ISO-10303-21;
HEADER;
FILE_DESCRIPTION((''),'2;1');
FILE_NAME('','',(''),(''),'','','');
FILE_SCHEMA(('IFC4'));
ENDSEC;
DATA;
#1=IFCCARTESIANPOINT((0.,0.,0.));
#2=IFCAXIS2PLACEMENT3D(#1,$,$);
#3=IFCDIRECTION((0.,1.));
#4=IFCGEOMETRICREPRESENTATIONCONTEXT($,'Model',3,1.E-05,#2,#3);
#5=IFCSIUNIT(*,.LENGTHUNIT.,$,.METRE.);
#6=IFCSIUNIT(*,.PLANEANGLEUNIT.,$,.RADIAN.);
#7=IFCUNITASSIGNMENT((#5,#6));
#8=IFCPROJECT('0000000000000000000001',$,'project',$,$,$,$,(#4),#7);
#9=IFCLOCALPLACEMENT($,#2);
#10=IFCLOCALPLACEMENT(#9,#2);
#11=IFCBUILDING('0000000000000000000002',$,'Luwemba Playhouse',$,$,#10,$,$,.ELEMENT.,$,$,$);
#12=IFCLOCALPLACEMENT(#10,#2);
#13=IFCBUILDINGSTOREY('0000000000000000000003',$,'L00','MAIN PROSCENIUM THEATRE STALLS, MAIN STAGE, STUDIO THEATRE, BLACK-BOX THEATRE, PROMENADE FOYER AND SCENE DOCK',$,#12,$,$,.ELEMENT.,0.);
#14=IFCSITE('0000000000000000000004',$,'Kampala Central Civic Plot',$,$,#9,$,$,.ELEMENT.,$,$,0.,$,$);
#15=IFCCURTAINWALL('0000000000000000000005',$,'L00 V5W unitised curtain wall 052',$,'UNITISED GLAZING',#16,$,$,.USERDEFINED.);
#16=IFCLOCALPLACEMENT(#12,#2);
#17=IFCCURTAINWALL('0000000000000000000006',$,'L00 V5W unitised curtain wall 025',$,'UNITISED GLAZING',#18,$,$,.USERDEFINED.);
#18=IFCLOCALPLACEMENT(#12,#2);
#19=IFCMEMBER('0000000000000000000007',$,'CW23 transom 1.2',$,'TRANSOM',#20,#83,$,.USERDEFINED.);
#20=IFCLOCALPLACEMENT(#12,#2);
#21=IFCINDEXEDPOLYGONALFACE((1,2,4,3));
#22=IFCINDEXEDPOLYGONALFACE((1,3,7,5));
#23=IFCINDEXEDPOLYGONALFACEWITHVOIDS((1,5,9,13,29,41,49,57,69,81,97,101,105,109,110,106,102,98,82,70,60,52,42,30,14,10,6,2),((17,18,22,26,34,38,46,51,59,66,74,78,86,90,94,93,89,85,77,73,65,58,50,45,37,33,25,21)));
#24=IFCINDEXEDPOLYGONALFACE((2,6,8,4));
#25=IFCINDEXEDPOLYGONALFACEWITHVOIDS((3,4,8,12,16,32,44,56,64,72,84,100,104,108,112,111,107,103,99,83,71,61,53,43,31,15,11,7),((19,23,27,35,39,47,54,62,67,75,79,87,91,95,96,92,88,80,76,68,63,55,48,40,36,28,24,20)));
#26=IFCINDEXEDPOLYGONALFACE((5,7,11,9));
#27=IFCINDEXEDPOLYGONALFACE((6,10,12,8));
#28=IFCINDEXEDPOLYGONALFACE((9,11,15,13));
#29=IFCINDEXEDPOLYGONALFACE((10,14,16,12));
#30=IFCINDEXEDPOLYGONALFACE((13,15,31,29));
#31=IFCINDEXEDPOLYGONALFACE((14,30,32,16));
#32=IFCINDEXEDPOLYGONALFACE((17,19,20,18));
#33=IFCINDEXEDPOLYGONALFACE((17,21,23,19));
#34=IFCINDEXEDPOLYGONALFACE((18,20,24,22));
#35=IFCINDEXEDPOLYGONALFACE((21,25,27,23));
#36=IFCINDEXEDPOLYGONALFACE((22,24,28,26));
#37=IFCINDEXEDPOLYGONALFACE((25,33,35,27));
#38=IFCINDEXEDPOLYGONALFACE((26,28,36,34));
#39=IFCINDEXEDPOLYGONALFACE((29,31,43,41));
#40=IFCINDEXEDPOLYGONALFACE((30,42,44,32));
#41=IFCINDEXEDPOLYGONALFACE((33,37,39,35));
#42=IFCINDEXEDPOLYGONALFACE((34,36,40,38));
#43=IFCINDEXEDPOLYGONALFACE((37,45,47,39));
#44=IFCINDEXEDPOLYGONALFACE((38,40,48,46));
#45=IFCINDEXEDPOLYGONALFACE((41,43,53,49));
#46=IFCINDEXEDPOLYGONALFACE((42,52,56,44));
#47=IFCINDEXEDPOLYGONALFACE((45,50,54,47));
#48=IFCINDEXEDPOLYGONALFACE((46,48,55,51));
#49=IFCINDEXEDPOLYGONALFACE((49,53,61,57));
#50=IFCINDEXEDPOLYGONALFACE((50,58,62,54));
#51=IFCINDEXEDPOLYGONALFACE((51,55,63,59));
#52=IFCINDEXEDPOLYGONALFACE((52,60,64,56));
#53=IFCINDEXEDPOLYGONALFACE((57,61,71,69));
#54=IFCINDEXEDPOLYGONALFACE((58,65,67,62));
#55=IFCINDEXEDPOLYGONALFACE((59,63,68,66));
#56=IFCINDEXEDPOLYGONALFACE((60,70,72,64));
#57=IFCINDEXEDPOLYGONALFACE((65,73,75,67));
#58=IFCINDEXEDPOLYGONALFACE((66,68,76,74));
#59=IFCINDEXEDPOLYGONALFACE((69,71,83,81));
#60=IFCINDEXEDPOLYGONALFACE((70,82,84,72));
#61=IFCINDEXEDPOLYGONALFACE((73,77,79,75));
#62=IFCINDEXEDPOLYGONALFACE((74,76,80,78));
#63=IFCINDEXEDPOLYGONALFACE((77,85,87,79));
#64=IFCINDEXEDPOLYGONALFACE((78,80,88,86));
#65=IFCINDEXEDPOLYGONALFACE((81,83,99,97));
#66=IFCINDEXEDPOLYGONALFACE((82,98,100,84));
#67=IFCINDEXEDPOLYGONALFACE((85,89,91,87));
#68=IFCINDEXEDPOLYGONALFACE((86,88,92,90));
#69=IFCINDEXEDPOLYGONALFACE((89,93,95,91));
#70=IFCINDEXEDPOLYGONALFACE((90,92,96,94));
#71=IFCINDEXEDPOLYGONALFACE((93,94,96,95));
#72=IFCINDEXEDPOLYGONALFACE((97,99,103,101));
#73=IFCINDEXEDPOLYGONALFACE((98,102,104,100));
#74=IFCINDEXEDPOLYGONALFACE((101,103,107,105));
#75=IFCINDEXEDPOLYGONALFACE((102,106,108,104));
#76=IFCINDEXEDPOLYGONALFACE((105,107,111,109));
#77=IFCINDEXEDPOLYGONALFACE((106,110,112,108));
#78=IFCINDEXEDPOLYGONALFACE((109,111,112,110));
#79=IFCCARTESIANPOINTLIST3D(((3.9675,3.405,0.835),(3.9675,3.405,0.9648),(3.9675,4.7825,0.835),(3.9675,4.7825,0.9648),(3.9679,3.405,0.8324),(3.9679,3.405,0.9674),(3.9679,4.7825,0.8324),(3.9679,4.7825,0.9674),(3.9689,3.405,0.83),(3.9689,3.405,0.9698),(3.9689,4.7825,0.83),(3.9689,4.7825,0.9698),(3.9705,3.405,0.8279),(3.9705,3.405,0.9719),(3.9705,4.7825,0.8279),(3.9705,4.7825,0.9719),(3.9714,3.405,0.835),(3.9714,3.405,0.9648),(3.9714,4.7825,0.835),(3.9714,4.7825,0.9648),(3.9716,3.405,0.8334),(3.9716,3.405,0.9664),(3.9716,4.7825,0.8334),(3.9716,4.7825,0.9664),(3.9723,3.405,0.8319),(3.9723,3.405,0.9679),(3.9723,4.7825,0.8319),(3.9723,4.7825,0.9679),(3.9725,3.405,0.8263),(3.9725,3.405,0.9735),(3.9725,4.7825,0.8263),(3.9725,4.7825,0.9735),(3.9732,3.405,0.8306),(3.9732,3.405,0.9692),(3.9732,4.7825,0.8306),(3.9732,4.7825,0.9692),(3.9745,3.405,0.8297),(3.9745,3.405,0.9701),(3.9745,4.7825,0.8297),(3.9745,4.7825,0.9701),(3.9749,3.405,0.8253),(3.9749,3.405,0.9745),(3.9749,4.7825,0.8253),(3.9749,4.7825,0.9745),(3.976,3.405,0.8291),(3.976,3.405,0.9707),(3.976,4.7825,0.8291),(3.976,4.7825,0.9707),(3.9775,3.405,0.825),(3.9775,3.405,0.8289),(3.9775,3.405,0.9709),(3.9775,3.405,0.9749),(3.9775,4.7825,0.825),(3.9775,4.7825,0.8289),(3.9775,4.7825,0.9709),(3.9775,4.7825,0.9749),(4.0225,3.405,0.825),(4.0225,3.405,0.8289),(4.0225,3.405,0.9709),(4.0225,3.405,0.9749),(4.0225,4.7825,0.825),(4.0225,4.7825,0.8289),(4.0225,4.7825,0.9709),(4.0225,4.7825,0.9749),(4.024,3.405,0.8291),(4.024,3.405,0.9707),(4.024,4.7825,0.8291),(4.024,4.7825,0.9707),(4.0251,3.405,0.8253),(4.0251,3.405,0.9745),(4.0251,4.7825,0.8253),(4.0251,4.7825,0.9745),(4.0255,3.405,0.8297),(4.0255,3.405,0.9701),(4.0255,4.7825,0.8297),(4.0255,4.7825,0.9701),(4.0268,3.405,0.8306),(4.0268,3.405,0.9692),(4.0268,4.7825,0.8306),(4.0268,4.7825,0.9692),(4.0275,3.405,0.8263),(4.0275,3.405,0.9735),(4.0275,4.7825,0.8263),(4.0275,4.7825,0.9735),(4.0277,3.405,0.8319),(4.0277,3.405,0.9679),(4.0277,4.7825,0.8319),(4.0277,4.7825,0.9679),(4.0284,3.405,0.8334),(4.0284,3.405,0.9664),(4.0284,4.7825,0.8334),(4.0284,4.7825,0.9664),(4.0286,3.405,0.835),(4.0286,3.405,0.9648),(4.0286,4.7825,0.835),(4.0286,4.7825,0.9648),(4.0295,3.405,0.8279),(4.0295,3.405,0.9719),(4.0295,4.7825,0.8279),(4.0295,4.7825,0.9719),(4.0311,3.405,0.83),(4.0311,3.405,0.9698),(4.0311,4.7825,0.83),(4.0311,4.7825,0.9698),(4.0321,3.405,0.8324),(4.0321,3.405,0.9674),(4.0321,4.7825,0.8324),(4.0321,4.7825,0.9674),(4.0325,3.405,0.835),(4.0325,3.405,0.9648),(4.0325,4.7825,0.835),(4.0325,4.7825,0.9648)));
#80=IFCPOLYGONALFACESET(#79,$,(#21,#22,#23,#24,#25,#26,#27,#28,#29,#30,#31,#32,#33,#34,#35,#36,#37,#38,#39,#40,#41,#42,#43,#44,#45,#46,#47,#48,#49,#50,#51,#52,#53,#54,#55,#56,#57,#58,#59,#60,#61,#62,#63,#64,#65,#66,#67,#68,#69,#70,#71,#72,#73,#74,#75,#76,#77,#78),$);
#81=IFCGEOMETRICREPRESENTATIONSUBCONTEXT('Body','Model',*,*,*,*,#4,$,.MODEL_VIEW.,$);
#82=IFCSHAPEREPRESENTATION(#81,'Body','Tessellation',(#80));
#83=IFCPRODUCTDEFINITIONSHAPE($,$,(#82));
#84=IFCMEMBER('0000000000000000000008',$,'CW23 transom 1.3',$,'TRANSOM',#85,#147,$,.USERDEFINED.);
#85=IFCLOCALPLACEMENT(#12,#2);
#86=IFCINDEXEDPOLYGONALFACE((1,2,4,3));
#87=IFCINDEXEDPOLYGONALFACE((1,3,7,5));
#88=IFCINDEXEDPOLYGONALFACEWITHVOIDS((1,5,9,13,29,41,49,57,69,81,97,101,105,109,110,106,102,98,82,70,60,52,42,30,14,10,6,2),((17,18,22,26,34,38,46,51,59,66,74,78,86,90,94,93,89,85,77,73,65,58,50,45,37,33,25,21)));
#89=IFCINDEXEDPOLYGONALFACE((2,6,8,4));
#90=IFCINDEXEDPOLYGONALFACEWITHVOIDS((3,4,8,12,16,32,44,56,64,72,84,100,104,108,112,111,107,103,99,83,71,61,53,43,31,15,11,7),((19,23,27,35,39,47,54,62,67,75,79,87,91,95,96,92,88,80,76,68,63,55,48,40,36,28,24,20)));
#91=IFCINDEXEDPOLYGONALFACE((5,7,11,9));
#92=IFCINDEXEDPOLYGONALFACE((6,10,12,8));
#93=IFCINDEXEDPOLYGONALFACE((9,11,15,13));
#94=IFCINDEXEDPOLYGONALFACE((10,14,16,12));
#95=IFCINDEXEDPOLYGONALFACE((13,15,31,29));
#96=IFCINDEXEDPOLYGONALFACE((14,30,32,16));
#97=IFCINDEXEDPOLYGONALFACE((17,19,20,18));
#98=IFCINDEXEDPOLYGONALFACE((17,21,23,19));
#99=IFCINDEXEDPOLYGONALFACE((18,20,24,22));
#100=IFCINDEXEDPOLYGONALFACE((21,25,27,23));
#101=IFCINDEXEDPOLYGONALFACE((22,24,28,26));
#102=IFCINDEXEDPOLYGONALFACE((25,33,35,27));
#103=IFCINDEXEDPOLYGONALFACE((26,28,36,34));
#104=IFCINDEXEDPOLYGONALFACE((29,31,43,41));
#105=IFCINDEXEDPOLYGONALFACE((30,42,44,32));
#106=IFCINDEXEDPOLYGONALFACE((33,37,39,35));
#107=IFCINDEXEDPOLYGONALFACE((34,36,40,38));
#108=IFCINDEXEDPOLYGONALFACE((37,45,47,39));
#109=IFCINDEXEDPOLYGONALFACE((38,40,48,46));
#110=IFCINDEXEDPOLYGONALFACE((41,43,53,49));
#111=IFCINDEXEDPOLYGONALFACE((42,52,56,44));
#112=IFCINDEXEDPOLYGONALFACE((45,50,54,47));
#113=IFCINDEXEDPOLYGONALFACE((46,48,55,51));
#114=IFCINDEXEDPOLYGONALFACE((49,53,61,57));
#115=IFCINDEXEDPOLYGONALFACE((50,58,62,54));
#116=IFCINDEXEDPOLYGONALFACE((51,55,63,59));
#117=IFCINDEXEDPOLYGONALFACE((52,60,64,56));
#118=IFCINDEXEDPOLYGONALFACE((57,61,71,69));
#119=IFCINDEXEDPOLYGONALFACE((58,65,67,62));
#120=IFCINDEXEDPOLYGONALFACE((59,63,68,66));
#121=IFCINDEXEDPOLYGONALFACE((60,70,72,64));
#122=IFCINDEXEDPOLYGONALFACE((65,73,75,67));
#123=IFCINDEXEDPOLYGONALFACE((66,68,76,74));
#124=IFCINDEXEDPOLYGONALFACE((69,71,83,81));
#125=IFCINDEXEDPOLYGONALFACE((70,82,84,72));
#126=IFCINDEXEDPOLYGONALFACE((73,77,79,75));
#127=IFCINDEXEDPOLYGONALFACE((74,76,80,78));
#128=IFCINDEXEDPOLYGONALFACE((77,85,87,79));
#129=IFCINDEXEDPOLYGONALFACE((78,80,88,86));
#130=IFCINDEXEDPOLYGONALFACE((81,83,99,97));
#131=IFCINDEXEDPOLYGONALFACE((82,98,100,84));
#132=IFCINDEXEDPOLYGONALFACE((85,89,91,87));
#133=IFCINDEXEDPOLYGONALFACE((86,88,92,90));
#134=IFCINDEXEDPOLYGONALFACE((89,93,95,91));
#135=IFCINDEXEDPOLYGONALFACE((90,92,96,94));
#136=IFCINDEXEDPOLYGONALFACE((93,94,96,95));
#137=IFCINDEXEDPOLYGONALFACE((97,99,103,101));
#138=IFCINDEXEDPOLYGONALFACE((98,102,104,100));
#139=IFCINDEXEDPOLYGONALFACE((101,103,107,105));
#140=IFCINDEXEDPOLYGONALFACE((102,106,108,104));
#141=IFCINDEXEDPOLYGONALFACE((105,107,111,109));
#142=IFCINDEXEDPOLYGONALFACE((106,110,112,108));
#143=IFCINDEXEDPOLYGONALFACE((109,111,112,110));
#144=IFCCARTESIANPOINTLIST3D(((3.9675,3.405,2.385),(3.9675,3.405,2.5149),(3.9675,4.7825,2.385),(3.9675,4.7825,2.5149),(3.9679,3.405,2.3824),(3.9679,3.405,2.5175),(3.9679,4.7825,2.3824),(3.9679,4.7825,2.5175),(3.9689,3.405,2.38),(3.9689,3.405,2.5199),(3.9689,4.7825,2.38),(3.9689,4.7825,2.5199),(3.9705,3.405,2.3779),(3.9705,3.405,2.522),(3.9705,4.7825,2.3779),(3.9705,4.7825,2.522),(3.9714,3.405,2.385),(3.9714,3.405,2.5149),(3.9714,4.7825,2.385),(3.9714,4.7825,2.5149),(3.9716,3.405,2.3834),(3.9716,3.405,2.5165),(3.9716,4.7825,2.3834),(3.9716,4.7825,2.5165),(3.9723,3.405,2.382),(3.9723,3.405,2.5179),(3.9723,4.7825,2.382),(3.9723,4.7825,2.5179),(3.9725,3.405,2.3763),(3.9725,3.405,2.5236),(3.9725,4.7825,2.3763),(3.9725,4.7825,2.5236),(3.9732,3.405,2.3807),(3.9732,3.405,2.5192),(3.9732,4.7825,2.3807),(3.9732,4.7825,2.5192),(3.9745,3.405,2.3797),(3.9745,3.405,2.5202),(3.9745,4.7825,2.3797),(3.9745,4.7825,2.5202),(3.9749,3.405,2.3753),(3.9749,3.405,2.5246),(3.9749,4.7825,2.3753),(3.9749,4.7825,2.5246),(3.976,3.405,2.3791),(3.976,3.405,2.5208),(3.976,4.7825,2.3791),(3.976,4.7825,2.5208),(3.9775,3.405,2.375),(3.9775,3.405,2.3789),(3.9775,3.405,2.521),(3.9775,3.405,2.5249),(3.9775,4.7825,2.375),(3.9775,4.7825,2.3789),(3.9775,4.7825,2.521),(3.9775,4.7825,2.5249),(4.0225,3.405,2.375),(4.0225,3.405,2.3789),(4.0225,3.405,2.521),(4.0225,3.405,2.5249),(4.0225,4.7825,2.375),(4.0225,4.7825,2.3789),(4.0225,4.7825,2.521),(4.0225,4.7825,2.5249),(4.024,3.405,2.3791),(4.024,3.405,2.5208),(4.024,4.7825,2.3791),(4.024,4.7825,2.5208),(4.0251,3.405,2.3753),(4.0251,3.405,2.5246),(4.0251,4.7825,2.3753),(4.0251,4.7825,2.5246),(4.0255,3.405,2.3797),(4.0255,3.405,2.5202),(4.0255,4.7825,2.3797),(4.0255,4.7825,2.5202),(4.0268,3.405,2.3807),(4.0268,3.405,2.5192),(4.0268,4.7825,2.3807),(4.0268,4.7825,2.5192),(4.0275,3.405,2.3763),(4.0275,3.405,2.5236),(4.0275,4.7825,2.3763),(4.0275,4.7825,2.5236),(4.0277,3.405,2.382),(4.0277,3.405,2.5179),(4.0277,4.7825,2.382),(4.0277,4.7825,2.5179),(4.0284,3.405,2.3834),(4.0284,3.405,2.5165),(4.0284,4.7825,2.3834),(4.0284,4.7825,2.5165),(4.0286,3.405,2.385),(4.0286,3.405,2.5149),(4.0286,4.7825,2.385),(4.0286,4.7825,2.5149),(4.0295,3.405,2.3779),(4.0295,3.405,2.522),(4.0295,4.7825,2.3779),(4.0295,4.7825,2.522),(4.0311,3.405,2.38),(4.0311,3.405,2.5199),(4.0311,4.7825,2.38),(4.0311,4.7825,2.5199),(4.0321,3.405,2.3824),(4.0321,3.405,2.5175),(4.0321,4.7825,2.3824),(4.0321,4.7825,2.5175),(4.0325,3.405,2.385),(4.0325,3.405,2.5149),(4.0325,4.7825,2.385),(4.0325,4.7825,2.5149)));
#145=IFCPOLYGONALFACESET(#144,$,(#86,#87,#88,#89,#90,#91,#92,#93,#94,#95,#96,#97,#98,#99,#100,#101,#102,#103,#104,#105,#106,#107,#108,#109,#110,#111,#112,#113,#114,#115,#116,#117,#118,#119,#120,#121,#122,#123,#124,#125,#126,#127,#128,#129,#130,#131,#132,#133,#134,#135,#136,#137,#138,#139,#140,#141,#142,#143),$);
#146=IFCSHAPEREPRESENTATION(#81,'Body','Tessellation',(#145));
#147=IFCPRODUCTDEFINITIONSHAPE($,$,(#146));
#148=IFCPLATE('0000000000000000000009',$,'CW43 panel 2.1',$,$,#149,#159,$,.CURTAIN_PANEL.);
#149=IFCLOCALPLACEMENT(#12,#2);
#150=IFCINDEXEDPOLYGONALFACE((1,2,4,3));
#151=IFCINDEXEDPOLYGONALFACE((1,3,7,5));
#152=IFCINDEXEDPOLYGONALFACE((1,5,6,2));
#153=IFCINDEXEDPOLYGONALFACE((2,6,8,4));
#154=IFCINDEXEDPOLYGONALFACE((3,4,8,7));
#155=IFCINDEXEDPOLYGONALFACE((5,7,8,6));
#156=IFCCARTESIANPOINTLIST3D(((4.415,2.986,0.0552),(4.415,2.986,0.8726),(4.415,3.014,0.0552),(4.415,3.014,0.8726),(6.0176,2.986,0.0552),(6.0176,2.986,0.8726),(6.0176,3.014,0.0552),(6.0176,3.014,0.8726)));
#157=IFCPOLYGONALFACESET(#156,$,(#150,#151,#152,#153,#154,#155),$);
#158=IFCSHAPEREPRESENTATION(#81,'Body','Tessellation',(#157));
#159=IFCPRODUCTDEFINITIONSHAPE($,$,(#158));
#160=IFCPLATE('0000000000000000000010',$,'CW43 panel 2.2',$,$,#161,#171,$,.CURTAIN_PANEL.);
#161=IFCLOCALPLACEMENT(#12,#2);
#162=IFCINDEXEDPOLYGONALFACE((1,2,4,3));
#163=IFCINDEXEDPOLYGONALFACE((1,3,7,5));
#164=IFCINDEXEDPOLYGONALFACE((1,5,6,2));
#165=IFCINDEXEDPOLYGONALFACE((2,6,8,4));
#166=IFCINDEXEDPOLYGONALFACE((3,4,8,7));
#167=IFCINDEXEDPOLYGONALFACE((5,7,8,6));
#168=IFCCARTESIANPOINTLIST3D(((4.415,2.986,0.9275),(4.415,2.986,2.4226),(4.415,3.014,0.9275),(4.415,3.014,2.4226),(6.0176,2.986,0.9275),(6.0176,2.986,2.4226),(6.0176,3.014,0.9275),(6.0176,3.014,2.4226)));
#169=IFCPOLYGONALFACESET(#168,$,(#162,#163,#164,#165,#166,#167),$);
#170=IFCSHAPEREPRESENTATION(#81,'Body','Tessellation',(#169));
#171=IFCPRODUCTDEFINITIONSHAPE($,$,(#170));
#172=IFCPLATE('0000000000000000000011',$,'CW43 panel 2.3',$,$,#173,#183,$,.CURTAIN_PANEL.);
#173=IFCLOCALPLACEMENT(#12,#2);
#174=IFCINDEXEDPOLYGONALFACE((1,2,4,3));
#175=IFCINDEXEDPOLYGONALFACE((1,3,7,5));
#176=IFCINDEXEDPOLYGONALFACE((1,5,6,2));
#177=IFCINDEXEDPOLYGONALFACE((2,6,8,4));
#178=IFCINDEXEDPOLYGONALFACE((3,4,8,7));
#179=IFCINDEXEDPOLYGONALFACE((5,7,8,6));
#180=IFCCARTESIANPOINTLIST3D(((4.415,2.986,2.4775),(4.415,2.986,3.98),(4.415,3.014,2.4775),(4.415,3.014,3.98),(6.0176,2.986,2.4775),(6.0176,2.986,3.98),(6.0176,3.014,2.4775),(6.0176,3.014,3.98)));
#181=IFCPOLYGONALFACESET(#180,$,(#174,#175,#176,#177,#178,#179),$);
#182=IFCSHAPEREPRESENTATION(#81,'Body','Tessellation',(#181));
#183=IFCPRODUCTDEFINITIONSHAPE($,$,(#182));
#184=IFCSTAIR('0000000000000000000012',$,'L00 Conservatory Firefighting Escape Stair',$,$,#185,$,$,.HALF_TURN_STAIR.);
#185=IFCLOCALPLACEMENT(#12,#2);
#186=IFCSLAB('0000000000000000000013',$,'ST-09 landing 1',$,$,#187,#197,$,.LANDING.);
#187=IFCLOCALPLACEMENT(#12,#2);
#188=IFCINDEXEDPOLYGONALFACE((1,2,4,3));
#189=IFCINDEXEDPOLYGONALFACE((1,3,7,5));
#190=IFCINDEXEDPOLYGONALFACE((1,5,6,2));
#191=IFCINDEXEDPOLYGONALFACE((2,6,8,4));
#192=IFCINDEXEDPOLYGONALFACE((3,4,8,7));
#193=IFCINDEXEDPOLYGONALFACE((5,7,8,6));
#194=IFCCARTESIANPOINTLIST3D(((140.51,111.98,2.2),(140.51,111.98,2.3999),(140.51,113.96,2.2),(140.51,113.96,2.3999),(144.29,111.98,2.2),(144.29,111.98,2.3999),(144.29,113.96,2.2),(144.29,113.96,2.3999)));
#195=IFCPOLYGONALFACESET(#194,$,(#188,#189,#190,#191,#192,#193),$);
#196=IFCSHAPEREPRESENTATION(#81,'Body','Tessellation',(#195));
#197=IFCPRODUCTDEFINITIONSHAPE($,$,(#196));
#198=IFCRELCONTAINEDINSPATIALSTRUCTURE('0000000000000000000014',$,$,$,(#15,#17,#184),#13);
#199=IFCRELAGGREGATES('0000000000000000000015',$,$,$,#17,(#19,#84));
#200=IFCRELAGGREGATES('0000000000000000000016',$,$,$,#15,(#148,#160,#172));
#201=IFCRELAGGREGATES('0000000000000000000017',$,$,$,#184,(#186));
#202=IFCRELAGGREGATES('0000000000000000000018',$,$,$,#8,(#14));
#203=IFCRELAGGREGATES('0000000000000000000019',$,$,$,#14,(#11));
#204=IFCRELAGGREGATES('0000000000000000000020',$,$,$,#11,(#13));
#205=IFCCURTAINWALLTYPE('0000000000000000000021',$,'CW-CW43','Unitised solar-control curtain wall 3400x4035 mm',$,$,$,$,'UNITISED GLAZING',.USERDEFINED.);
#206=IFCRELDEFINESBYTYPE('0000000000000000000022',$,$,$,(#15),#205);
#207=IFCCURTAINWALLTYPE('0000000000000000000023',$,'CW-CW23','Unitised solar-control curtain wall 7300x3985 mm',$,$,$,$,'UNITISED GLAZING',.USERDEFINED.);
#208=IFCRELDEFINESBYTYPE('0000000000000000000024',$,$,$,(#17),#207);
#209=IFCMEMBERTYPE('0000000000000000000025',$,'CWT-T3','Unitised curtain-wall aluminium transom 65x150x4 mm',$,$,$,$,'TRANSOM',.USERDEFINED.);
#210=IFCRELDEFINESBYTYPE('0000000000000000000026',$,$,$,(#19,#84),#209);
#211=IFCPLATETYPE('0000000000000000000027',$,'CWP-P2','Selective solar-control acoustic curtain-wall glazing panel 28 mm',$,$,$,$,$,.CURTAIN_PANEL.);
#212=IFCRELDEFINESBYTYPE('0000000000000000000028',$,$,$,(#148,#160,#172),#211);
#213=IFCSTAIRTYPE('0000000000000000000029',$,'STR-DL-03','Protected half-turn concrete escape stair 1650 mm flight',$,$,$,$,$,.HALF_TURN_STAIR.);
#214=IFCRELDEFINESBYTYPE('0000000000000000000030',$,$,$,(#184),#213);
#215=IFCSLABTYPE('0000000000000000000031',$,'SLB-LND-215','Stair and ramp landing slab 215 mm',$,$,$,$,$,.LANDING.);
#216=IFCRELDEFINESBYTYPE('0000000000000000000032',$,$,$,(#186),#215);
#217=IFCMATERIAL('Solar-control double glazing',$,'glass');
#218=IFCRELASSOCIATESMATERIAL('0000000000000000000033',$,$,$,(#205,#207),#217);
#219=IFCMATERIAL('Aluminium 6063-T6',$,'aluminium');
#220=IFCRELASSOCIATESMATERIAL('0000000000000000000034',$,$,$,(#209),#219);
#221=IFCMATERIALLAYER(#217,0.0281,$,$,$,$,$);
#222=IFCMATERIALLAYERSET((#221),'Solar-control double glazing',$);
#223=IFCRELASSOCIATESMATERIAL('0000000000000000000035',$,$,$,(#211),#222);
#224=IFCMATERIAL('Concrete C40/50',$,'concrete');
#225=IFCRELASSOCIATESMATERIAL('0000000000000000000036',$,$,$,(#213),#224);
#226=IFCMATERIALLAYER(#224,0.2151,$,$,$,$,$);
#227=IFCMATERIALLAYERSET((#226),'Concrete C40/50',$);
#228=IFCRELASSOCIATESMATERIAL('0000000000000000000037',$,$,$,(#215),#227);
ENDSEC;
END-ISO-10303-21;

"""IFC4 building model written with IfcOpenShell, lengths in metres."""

from ifc_helpers import new_model, si_unit, direction, frame, origin, origin_2d, place, context, subcontext, project, spatial, polyline, rectangle, hollow_rectangle, outline, extrude, material, layer, layer_set, material_profile, profile_set, type_object, element, aggregate, save


model = new_model("IFC4")

# Units and contexts
model_context = context("Model", 3, precision=1e-05, world=origin(), true_north=direction((0.0, 1.0)))
body_context = subcontext(model_context, "Body", "Model", "MODEL_VIEW")
ifc_project = project(units=[si_unit("LENGTHUNIT", "METRE"), si_unit("PLANEANGLEUNIT", "RADIAN")], contexts=[model_context])

# Site, building, storey
site_placement = place(None, origin())
site = spatial("IfcSite", under=ifc_project, at=site_placement, Name="Kampala Central Civic Plot", CompositionType="ELEMENT", RefElevation=0.0)
building_placement = place(site_placement, origin())
building = spatial("IfcBuilding", under=site, at=building_placement, Name="Luwemba Playhouse", CompositionType="ELEMENT")
storey_placement = place(building_placement, origin())
storey = spatial("IfcBuildingStorey", under=building, at=storey_placement, Name="L00", Description="MAIN PROSCENIUM THEATRE STALLS, MAIN STAGE, STUDIO THEATRE, BLACK-BOX THEATRE, PROMENADE FOYER AND SCENE DOCK", CompositionType="ELEMENT", Elevation=0.0)

# Shared definitions
ifc_material_1 = material(Name="Concrete C40/50", Category="concrete")

# Curtain wall
ifc_material_2 = material(Name="Solar-control double glazing", Category="glass")
curtain_wall_type_1 = type_object("IfcCurtainWallType", Name="CW-CW43", Description="Unitised solar-control curtain wall 3400x4035 mm", ElementType="UNITISED GLAZING", PredefinedType="USERDEFINED", material=ifc_material_2)
curtain_wall_1_placement = place(storey_placement, origin())
curtain_wall_1 = element("IfcCurtainWall", 1, at=curtain_wall_1_placement, inside=storey, type_object=curtain_wall_type_1, Name="L00 V5W unitised curtain wall 052", ObjectType="UNITISED GLAZING", PredefinedType="USERDEFINED")
ifc_material_3 = material(Name="Aluminium 6063-T6", Category="aluminium")

# Curtain wall, members
curtain_wall_type_2 = type_object("IfcCurtainWallType", Name="CW-CW23", Description="Unitised solar-control curtain wall 7300x3985 mm", ElementType="UNITISED GLAZING", PredefinedType="USERDEFINED", material=ifc_material_2)
curtain_wall_2_placement = place(storey_placement, origin())
curtain_wall_2 = element("IfcCurtainWall", 2, at=curtain_wall_2_placement, inside=storey, type_object=curtain_wall_type_2, Name="L00 V5W unitised curtain wall 025", ObjectType="UNITISED GLAZING", PredefinedType="USERDEFINED")
ifc_material_profile_1 = material_profile(ifc_material_3, hollow_rectangle(XDim=0.0649, YDim=0.1499, WallThickness=0.0039, InnerFilletRadius=0.0061, OuterFilletRadius=0.01, at=origin_2d()))
ifc_profile_set_1 = profile_set([ifc_material_profile_1], Name="Aluminium 6063-T6")
member_type_1 = type_object("IfcMemberType", Name="CWT-T3", Description="Unitised curtain-wall aluminium transom 65x150x4 mm", ElementType="TRANSOM", PredefinedType="USERDEFINED", material=ifc_profile_set_1)
member_1_placement = place(storey_placement, frame((4.0, 3.405, 0.8999), z_axis=(0.0, 1.0, 0.0), x_axis=(-1.0, 0.0, 0.0)))
member_1 = element("IfcMember", 3, at=member_1_placement, type_object=member_type_1, Name="CW23 transom 1.2", ObjectType="TRANSOM", PredefinedType="USERDEFINED", context=body_context, shape_type="SweptSolid", body=[
    extrude(hollow_rectangle(XDim=0.0649, YDim=0.1499, WallThickness=0.0039, InnerFilletRadius=0.0061, OuterFilletRadius=0.01, at=origin_2d()), origin(), (0.0, 0.0, 1.0), 1.3774),
])
member_2_placement = place(storey_placement, frame((4.0, 3.405, 2.45), z_axis=(0.0, 1.0, 0.0), x_axis=(-1.0, 0.0, 0.0)))
member_2 = element("IfcMember", 4, at=member_2_placement, type_object=member_type_1, Name="CW23 transom 1.3", ObjectType="TRANSOM", PredefinedType="USERDEFINED", context=body_context, shape_type="SweptSolid", body=[
    extrude(hollow_rectangle(XDim=0.0649, YDim=0.1499, WallThickness=0.0039, InnerFilletRadius=0.0061, OuterFilletRadius=0.01, at=origin_2d()), origin(), (0.0, 0.0, 1.0), 1.3774),
])
aggregate(curtain_wall_2, [member_1, member_2])

# Plates
ifc_layer_1 = layer(ifc_material_2, 0.0281)
ifc_layer_set_1 = layer_set([ifc_layer_1], Name="Solar-control double glazing")
plate_type = type_object("IfcPlateType", Name="CWP-P2", Description="Selective solar-control acoustic curtain-wall glazing panel 28 mm", PredefinedType="CURTAIN_PANEL", material=ifc_layer_set_1)
plate_1_placement = place(storey_placement, frame((5.2163, 3.0, 0.0552), z_axis=(0.0, 0.0, 1.0), x_axis=(-1.0, 0.0, 0.0)))
plate_1 = element("IfcPlate", 5, at=plate_1_placement, type_object=plate_type, Name="CW43 panel 2.1", PredefinedType="CURTAIN_PANEL", context=body_context, shape_type="SweptSolid", body=[
    extrude(rectangle(XDim=1.6025, YDim=0.0281, at=origin_2d()), origin(), (0.0, 0.0, 1.0), 0.8174),
])
plate_2_placement = place(storey_placement, frame((5.2163, 3.0, 0.9275), z_axis=(0.0, 0.0, 1.0), x_axis=(-1.0, 0.0, 0.0)))
plate_2 = element("IfcPlate", 6, at=plate_2_placement, type_object=plate_type, Name="CW43 panel 2.2", PredefinedType="CURTAIN_PANEL", context=body_context, shape_type="SweptSolid", body=[
    extrude(rectangle(XDim=1.6025, YDim=0.0281, at=origin_2d()), origin(), (0.0, 0.0, 1.0), 1.4951),
])
plate_3_placement = place(storey_placement, frame((5.2163, 3.0, 2.4775), z_axis=(0.0, 0.0, 1.0), x_axis=(-1.0, 0.0, 0.0)))
plate_3 = element("IfcPlate", 7, at=plate_3_placement, type_object=plate_type, Name="CW43 panel 2.3", PredefinedType="CURTAIN_PANEL", context=body_context, shape_type="SweptSolid", body=[
    extrude(rectangle(XDim=1.6025, YDim=0.0281, at=origin_2d()), origin(), (0.0, 0.0, 1.0), 1.5024),
])
aggregate(curtain_wall_1, [plate_1, plate_2, plate_3])

# Stair, slab
stair_type_1 = type_object("IfcStairType", Name="STR-DL-03", Description="Protected half-turn concrete escape stair 1650 mm flight", PredefinedType="HALF_TURN_STAIR", material=ifc_material_1)
stair_1_placement = place(storey_placement, origin())
stair_1 = element("IfcStair", 8, at=stair_1_placement, inside=storey, type_object=stair_type_1, Name="L00 Conservatory Firefighting Escape Stair", PredefinedType="HALF_TURN_STAIR")
ifc_layer_2 = layer(ifc_material_1, 0.2151)
ifc_layer_set_2 = layer_set([ifc_layer_2], Name="Concrete C40/50")
slab_type = type_object("IfcSlabType", Name="SLB-LND-215", Description="Stair and ramp landing slab 215 mm", PredefinedType="LANDING", material=ifc_layer_set_2)
slab_1_placement = place(storey_placement, frame((0.0, 0.0, 2.2)))
slab_1 = element("IfcSlab", 9, at=slab_1_placement, type_object=slab_type, Name="ST-09 landing 1", PredefinedType="LANDING", context=body_context, shape_type="SweptSolid", body=[
    extrude(outline(polyline([(144.29, 111.98), (140.51, 111.98), (140.51, 113.96), (144.29, 113.96), (144.29, 111.98)])), origin(), (0.0, 0.0, 1.0), 0.2),
])
aggregate(stair_1, [slab_1])

save(model, "model.ifc")
